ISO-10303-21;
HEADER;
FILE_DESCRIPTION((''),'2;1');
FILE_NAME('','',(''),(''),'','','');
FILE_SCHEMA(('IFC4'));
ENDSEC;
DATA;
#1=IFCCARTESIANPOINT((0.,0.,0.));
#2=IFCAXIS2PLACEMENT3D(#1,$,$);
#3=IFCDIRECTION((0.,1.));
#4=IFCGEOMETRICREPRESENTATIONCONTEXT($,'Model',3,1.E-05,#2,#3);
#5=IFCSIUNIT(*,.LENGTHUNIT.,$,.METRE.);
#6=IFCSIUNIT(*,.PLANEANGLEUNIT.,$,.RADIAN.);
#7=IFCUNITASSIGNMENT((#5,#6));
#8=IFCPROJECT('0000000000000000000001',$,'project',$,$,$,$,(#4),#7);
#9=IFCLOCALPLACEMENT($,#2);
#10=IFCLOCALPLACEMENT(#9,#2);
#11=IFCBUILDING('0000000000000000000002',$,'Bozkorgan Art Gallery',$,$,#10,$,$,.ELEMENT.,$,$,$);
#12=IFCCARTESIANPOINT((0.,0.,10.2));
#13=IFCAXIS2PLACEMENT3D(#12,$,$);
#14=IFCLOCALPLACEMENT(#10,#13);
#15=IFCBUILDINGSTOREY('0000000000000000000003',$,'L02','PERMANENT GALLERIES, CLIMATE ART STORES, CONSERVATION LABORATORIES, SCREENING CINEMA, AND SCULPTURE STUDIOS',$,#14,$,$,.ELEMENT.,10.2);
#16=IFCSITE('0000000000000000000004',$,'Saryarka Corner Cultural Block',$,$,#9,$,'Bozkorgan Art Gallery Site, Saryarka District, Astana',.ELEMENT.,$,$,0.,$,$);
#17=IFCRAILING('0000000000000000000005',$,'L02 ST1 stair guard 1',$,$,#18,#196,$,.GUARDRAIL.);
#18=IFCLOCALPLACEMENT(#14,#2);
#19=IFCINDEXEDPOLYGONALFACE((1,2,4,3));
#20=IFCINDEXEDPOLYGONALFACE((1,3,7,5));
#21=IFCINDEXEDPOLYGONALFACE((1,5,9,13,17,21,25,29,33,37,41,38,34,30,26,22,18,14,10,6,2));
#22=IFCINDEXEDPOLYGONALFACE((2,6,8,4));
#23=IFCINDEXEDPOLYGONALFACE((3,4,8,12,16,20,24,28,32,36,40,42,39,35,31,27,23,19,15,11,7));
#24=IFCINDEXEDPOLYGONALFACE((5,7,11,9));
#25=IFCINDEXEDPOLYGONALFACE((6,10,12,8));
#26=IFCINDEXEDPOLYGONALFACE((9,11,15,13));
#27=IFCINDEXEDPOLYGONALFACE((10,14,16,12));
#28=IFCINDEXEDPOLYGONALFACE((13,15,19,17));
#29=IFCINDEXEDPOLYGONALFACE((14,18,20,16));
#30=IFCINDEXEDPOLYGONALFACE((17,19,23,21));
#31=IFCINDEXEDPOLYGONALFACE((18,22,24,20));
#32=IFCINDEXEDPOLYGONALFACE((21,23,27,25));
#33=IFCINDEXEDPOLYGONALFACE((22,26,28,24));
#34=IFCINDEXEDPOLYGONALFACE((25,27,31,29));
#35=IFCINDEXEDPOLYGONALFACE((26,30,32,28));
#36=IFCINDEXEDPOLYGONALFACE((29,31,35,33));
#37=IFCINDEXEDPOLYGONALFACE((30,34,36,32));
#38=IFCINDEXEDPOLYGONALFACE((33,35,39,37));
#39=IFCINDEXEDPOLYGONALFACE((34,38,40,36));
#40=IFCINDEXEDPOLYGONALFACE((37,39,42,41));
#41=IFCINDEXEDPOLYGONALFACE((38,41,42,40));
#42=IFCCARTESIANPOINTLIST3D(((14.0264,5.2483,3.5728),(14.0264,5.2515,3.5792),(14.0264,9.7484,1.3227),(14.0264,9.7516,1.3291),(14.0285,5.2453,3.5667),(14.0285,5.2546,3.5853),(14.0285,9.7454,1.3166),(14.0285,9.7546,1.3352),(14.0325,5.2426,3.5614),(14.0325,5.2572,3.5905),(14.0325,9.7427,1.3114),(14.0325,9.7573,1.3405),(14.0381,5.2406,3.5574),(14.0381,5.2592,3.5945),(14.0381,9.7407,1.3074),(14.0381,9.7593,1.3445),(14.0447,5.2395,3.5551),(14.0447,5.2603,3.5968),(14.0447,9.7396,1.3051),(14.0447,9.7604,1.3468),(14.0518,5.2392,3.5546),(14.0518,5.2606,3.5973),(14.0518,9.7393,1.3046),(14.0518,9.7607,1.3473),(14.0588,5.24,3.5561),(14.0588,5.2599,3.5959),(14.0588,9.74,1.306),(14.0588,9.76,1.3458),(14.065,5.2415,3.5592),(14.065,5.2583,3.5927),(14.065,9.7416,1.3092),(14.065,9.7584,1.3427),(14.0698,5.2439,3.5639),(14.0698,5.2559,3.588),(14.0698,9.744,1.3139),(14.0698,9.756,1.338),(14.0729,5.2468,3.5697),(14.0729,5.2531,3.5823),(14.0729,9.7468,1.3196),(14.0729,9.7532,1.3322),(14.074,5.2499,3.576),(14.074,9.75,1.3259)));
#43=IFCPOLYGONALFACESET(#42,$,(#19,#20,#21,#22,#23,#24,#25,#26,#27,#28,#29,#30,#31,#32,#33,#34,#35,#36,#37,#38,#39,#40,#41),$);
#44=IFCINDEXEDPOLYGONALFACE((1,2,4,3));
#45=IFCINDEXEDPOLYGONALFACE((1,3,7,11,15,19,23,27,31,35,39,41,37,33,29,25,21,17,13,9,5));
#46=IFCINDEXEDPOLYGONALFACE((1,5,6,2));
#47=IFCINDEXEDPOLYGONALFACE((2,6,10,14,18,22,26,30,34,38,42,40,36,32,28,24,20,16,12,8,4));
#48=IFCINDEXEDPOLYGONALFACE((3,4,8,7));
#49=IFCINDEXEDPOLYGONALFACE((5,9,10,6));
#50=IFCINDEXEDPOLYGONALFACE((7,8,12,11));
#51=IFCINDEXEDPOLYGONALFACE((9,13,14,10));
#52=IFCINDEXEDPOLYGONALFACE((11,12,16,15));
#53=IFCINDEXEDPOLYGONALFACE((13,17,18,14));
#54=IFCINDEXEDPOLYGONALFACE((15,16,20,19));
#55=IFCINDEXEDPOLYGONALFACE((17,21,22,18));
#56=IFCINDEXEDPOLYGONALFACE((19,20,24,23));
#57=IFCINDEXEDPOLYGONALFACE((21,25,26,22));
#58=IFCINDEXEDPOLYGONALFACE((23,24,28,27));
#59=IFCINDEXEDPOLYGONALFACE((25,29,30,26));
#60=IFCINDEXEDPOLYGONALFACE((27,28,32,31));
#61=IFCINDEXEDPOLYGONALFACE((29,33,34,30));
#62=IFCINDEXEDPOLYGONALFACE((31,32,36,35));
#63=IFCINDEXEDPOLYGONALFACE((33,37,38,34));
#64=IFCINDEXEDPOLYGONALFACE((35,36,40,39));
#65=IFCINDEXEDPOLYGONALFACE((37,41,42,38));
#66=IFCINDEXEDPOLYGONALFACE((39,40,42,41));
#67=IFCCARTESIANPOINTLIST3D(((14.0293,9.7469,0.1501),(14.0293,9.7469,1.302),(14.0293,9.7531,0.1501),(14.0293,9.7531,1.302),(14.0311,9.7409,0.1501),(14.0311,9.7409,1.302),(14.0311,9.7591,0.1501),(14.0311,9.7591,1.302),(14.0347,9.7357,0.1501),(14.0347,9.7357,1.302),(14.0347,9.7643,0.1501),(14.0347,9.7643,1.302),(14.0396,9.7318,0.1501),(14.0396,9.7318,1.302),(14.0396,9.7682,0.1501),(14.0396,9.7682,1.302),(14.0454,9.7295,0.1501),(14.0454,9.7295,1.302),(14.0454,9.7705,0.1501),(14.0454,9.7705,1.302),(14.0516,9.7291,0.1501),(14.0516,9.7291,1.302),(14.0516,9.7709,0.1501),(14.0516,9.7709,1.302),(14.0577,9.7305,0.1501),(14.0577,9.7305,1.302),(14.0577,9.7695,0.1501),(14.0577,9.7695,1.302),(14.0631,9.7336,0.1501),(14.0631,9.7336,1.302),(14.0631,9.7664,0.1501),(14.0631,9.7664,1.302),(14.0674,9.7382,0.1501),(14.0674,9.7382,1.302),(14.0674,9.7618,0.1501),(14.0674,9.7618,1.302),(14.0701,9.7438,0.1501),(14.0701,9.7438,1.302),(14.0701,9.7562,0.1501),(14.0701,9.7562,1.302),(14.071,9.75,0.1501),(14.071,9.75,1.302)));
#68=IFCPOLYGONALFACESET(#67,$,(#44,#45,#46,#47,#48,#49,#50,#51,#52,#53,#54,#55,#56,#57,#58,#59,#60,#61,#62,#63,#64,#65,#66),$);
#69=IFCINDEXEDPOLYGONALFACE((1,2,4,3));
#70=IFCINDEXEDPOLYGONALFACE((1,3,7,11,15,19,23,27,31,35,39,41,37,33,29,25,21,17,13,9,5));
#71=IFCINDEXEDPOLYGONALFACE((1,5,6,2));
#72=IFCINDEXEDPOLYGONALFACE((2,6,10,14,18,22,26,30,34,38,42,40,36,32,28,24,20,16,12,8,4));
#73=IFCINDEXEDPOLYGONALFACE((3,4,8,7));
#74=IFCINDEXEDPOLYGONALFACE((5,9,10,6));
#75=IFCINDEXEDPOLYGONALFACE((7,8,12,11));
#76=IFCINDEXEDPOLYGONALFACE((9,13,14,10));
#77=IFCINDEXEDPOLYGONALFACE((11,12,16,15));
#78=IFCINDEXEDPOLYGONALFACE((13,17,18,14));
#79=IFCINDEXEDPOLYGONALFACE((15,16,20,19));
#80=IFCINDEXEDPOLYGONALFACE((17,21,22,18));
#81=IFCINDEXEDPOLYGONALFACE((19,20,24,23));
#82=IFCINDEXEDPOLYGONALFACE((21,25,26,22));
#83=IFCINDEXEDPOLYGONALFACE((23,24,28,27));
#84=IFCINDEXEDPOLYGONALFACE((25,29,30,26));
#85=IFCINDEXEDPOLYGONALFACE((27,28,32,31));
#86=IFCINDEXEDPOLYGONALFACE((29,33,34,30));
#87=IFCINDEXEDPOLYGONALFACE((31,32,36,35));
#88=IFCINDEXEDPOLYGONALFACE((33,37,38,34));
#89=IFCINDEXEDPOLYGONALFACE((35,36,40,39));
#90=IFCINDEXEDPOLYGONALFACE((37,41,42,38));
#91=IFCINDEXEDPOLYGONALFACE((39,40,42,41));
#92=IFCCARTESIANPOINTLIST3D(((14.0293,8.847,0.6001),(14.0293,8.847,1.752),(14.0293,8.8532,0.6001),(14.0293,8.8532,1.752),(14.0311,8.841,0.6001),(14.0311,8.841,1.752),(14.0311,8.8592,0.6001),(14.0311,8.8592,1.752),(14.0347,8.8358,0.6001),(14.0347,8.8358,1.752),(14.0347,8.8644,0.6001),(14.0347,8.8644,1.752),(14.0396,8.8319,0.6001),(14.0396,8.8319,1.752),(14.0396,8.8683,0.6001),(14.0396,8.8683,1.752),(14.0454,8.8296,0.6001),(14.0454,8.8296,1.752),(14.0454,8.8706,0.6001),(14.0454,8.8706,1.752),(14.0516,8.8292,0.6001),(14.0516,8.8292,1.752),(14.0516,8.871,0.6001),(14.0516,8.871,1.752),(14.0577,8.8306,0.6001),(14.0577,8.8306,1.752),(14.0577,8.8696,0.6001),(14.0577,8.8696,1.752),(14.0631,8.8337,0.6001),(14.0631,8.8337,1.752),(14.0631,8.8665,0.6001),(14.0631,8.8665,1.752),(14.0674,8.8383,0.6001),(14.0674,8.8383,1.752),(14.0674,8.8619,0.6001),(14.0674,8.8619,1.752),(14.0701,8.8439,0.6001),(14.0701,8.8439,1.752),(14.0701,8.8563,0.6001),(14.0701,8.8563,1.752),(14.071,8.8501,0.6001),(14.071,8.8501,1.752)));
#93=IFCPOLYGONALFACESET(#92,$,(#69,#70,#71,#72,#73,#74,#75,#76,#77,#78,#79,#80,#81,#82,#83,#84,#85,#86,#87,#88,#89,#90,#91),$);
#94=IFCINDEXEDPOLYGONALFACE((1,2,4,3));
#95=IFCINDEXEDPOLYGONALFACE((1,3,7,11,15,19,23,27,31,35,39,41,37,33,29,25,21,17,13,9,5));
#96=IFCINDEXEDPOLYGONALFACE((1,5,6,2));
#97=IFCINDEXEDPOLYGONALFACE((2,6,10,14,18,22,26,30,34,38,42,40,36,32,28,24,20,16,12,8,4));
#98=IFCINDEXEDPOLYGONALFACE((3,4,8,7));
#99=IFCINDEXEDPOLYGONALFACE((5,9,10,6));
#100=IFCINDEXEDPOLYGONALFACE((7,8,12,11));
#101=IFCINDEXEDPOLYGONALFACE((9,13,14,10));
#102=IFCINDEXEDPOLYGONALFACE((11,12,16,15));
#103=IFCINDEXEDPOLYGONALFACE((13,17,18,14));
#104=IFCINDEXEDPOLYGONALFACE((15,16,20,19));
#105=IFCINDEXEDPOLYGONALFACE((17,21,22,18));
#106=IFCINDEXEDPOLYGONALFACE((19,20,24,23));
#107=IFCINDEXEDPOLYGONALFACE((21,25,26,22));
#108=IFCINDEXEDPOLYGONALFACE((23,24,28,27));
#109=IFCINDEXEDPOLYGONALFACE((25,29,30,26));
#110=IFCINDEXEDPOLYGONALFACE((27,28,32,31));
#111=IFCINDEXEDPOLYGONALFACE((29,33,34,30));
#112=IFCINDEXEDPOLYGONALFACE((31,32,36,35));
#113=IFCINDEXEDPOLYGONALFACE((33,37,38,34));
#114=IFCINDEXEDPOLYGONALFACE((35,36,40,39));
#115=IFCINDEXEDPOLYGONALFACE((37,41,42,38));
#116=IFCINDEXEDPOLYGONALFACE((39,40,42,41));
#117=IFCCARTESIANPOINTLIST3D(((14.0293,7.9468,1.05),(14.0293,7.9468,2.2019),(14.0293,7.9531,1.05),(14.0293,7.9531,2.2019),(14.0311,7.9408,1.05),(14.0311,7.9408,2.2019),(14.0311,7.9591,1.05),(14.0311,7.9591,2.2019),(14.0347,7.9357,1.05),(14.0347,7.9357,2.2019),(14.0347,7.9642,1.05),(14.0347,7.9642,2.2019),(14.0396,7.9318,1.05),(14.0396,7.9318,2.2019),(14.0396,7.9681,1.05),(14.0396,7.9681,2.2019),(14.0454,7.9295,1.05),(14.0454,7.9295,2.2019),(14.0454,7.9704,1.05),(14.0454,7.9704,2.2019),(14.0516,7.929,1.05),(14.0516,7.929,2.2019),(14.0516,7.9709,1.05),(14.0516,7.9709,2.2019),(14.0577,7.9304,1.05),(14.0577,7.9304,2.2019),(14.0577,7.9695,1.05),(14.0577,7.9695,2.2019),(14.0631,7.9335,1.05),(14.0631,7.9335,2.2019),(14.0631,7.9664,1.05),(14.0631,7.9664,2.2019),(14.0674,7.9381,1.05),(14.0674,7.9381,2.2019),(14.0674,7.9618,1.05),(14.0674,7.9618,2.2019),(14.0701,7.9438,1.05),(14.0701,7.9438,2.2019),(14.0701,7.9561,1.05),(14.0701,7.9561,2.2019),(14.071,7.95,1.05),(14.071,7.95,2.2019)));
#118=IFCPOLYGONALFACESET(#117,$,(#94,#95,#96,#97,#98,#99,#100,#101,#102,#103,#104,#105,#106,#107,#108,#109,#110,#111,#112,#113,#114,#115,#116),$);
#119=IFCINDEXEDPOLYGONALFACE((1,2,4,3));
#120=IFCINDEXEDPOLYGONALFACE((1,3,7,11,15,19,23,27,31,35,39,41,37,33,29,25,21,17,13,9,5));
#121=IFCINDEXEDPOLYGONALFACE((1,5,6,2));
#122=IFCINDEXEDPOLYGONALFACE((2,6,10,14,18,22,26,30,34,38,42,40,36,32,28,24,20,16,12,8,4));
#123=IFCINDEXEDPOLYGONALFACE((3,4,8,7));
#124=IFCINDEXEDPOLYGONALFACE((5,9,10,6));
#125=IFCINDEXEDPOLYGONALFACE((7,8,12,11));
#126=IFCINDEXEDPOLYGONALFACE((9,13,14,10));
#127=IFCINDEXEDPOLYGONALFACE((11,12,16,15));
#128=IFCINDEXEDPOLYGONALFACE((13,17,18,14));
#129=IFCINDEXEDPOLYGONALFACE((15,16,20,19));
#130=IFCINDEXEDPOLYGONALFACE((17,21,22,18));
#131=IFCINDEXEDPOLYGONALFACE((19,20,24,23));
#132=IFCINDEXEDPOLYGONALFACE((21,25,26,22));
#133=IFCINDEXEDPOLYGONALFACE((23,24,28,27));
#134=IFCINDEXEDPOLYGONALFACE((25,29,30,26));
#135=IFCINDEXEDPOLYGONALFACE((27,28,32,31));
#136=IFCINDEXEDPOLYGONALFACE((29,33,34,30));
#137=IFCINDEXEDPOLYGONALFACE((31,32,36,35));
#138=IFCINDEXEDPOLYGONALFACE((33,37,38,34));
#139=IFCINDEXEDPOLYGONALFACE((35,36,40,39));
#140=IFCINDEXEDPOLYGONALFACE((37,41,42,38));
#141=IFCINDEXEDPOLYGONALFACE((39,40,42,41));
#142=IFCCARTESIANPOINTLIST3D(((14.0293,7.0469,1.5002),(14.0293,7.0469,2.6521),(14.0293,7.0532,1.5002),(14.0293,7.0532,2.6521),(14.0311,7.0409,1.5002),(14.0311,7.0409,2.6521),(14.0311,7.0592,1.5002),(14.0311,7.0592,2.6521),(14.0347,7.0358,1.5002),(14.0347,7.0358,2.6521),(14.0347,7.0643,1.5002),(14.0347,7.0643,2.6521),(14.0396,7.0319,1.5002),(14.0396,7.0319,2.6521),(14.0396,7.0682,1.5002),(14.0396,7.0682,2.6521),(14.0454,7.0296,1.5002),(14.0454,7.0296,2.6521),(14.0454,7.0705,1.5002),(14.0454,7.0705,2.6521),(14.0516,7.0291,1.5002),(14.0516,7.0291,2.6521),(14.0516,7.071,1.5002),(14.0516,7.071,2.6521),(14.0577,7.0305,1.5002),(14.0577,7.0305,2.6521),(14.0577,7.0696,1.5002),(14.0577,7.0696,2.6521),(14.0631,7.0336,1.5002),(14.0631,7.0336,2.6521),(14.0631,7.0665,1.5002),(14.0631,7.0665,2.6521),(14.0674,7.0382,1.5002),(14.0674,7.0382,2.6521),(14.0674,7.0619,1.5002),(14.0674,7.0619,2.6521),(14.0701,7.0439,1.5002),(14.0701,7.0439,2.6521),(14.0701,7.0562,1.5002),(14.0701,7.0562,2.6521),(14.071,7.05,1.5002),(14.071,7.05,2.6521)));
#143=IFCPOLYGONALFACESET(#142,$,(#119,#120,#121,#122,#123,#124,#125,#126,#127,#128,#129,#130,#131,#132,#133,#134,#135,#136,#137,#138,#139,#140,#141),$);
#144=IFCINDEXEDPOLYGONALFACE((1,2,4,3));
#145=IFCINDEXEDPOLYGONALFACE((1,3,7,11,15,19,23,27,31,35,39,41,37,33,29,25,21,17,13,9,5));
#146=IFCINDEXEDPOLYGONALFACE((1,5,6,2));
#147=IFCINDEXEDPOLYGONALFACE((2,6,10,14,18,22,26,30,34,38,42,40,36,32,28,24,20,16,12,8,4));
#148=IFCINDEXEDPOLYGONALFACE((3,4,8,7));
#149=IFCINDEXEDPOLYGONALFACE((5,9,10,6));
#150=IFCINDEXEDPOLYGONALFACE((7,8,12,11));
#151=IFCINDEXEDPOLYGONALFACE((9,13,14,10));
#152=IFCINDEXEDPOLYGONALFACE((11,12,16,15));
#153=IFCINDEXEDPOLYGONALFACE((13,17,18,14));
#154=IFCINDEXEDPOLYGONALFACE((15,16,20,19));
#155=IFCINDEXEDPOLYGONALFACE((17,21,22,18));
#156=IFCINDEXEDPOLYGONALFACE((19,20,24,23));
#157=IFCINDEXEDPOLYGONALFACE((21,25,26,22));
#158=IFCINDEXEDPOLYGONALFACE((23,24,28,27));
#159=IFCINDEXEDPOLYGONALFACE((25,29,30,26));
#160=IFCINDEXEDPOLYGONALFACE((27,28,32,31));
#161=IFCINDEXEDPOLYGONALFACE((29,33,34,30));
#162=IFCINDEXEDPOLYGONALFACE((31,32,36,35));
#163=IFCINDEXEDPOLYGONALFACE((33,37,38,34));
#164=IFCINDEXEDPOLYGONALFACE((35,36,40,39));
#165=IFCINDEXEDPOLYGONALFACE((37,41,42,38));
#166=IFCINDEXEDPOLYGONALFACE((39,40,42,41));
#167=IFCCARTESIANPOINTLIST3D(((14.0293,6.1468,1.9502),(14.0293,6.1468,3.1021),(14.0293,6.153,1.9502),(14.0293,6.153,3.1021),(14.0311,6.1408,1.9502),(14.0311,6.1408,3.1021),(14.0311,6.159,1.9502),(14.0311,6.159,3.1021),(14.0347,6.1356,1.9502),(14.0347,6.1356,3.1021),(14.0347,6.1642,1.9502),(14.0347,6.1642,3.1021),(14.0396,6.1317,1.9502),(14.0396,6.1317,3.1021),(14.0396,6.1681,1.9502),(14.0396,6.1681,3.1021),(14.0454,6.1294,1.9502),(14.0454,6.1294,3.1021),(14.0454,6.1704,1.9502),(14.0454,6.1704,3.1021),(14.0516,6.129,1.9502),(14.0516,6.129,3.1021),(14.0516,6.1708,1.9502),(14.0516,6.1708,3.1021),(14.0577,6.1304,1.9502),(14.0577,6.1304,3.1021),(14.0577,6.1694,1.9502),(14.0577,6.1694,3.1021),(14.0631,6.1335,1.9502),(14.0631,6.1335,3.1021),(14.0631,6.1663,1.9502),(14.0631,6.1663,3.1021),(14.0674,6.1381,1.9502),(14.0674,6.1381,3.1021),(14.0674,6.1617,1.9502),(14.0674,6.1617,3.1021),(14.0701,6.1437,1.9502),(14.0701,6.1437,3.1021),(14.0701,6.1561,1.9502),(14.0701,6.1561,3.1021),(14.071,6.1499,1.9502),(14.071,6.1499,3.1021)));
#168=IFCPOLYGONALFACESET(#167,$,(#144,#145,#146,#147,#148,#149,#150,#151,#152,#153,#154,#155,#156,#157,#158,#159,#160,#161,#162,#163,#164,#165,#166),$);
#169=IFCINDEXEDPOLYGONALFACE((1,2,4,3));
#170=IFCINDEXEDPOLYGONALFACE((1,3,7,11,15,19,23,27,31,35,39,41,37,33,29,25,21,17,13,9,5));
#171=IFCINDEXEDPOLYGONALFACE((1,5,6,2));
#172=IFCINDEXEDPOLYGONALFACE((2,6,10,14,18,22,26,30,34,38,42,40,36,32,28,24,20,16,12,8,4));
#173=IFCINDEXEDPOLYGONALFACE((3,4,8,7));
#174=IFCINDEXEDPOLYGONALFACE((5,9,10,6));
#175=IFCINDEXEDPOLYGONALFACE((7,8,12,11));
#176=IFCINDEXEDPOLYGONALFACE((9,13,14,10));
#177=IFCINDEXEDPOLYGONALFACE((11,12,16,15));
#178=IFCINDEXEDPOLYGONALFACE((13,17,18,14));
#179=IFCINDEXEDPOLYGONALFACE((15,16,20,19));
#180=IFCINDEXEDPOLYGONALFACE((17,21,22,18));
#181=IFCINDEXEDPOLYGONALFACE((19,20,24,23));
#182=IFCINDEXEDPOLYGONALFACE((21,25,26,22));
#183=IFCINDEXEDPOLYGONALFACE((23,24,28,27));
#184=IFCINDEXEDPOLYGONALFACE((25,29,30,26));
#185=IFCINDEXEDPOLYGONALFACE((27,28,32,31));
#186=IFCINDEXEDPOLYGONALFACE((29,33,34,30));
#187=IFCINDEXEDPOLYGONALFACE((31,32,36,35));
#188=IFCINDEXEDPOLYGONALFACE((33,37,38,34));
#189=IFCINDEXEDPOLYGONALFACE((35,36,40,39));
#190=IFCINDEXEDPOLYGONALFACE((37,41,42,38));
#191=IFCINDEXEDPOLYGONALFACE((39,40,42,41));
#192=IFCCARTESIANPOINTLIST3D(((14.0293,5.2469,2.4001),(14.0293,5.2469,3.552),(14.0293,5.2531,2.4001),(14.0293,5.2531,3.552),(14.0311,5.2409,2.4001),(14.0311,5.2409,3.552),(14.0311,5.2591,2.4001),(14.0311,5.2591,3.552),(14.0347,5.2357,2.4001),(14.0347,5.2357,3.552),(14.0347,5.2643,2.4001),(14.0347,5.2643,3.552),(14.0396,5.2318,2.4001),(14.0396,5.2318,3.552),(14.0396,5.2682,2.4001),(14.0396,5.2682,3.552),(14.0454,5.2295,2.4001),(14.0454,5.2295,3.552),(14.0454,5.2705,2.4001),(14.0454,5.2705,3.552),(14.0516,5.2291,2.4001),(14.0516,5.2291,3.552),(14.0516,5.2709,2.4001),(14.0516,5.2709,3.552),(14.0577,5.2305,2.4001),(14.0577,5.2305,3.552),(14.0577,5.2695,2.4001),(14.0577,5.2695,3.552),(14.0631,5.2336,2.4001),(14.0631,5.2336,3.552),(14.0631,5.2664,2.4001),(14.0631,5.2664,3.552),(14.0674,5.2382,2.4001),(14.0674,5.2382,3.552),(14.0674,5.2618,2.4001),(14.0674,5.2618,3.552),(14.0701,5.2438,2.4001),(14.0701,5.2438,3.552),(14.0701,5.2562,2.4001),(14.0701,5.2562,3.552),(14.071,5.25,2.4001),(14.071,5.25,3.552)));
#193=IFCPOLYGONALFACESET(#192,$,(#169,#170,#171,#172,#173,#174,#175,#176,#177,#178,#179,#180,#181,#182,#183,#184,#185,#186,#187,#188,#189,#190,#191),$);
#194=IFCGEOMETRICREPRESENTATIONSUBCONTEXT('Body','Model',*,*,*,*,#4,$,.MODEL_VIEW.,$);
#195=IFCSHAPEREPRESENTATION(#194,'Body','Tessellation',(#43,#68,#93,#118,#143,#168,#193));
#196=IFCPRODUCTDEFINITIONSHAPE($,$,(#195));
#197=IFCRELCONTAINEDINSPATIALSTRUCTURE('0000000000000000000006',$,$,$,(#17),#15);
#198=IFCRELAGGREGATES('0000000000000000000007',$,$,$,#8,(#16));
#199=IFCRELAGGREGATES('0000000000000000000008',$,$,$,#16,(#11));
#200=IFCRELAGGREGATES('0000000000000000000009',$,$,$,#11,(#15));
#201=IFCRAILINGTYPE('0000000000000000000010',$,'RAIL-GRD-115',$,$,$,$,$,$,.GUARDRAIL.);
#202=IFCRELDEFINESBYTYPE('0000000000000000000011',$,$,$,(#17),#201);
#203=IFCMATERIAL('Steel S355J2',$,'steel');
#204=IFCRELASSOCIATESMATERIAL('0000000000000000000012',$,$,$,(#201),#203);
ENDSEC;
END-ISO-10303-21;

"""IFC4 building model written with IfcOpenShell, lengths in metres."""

from ifc_helpers import new_model, si_unit, direction, frame, origin, origin_2d, place, context, subcontext, project, spatial, circle, extrude, material, type_object, element, save


model = new_model("IFC4")

# Units and contexts
model_context = context("Model", 3, precision=1e-05, world=origin(), true_north=direction((0.0, 1.0)))
body_context = subcontext(model_context, "Body", "Model", "MODEL_VIEW")
ifc_project = project(units=[si_unit("LENGTHUNIT", "METRE"), si_unit("PLANEANGLEUNIT", "RADIAN")], contexts=[model_context])

# Site, building, storey
site_placement = place(None, origin())
site = spatial("IfcSite", under=ifc_project, at=site_placement, Name="Saryarka Corner Cultural Block", LongName="Bozkorgan Art Gallery Site, Saryarka District, Astana", CompositionType="ELEMENT", RefElevation=0.0)
building_placement = place(site_placement, origin())
building = spatial("IfcBuilding", under=site, at=building_placement, Name="Bozkorgan Art Gallery", CompositionType="ELEMENT")
storey_placement = place(building_placement, frame((0.0, 0.0, 10.2)))
storey = spatial("IfcBuildingStorey", under=building, at=storey_placement, Name="L02", Description="PERMANENT GALLERIES, CLIMATE ART STORES, CONSERVATION LABORATORIES, SCREENING CINEMA, AND SCULPTURE STUDIOS", CompositionType="ELEMENT", Elevation=10.2)

# Shared definitions
ifc_material_1 = material(Name="Steel S355J2", Category="steel")

# Railing
railing_type_1 = type_object("IfcRailingType", Name="RAIL-GRD-115", PredefinedType="GUARDRAIL", material=ifc_material_1)
railing_1_placement = place(storey_placement, frame((14.05, 9.75, 0.1501)))
element("IfcRailing", 1, at=railing_1_placement, inside=storey, type_object=railing_type_1, Name="L02 ST1 stair guard 1", PredefinedType="GUARDRAIL", context=body_context, shape_type="SweptSolid", body=[
    extrude(circle(Radius=0.0239, at=origin_2d()), frame((0.0, 0.0, 1.1758), z_axis=(0.0, -0.894427, 0.447214), x_axis=(1.0, 0.0, 0.0)), (0.0, 0.0, 1.0), 5.0312),
    extrude(circle(Radius=0.021, at=origin_2d()), origin(), (0.0, 0.0, 1.0), 1.1519),
    extrude(circle(Radius=0.021, at=origin_2d()), frame((0.0, -0.8999, 0.45)), (0.0, 0.0, 1.0), 1.1519),
    extrude(circle(Radius=0.021, at=origin_2d()), frame((0.0, -1.8, 0.8999)), (0.0, 0.0, 1.0), 1.1519),
    extrude(circle(Radius=0.021, at=origin_2d()), frame((0.0, -2.7, 1.3501)), (0.0, 0.0, 1.0), 1.1519),
    extrude(circle(Radius=0.021, at=origin_2d()), frame((0.0, -3.6001, 1.8)), (0.0, 0.0, 1.0), 1.1519),
    extrude(circle(Radius=0.021, at=origin_2d()), frame((0.0, -4.5, 2.25)), (0.0, 0.0, 1.0), 1.1519),
])

save(model, "model.ifc")
